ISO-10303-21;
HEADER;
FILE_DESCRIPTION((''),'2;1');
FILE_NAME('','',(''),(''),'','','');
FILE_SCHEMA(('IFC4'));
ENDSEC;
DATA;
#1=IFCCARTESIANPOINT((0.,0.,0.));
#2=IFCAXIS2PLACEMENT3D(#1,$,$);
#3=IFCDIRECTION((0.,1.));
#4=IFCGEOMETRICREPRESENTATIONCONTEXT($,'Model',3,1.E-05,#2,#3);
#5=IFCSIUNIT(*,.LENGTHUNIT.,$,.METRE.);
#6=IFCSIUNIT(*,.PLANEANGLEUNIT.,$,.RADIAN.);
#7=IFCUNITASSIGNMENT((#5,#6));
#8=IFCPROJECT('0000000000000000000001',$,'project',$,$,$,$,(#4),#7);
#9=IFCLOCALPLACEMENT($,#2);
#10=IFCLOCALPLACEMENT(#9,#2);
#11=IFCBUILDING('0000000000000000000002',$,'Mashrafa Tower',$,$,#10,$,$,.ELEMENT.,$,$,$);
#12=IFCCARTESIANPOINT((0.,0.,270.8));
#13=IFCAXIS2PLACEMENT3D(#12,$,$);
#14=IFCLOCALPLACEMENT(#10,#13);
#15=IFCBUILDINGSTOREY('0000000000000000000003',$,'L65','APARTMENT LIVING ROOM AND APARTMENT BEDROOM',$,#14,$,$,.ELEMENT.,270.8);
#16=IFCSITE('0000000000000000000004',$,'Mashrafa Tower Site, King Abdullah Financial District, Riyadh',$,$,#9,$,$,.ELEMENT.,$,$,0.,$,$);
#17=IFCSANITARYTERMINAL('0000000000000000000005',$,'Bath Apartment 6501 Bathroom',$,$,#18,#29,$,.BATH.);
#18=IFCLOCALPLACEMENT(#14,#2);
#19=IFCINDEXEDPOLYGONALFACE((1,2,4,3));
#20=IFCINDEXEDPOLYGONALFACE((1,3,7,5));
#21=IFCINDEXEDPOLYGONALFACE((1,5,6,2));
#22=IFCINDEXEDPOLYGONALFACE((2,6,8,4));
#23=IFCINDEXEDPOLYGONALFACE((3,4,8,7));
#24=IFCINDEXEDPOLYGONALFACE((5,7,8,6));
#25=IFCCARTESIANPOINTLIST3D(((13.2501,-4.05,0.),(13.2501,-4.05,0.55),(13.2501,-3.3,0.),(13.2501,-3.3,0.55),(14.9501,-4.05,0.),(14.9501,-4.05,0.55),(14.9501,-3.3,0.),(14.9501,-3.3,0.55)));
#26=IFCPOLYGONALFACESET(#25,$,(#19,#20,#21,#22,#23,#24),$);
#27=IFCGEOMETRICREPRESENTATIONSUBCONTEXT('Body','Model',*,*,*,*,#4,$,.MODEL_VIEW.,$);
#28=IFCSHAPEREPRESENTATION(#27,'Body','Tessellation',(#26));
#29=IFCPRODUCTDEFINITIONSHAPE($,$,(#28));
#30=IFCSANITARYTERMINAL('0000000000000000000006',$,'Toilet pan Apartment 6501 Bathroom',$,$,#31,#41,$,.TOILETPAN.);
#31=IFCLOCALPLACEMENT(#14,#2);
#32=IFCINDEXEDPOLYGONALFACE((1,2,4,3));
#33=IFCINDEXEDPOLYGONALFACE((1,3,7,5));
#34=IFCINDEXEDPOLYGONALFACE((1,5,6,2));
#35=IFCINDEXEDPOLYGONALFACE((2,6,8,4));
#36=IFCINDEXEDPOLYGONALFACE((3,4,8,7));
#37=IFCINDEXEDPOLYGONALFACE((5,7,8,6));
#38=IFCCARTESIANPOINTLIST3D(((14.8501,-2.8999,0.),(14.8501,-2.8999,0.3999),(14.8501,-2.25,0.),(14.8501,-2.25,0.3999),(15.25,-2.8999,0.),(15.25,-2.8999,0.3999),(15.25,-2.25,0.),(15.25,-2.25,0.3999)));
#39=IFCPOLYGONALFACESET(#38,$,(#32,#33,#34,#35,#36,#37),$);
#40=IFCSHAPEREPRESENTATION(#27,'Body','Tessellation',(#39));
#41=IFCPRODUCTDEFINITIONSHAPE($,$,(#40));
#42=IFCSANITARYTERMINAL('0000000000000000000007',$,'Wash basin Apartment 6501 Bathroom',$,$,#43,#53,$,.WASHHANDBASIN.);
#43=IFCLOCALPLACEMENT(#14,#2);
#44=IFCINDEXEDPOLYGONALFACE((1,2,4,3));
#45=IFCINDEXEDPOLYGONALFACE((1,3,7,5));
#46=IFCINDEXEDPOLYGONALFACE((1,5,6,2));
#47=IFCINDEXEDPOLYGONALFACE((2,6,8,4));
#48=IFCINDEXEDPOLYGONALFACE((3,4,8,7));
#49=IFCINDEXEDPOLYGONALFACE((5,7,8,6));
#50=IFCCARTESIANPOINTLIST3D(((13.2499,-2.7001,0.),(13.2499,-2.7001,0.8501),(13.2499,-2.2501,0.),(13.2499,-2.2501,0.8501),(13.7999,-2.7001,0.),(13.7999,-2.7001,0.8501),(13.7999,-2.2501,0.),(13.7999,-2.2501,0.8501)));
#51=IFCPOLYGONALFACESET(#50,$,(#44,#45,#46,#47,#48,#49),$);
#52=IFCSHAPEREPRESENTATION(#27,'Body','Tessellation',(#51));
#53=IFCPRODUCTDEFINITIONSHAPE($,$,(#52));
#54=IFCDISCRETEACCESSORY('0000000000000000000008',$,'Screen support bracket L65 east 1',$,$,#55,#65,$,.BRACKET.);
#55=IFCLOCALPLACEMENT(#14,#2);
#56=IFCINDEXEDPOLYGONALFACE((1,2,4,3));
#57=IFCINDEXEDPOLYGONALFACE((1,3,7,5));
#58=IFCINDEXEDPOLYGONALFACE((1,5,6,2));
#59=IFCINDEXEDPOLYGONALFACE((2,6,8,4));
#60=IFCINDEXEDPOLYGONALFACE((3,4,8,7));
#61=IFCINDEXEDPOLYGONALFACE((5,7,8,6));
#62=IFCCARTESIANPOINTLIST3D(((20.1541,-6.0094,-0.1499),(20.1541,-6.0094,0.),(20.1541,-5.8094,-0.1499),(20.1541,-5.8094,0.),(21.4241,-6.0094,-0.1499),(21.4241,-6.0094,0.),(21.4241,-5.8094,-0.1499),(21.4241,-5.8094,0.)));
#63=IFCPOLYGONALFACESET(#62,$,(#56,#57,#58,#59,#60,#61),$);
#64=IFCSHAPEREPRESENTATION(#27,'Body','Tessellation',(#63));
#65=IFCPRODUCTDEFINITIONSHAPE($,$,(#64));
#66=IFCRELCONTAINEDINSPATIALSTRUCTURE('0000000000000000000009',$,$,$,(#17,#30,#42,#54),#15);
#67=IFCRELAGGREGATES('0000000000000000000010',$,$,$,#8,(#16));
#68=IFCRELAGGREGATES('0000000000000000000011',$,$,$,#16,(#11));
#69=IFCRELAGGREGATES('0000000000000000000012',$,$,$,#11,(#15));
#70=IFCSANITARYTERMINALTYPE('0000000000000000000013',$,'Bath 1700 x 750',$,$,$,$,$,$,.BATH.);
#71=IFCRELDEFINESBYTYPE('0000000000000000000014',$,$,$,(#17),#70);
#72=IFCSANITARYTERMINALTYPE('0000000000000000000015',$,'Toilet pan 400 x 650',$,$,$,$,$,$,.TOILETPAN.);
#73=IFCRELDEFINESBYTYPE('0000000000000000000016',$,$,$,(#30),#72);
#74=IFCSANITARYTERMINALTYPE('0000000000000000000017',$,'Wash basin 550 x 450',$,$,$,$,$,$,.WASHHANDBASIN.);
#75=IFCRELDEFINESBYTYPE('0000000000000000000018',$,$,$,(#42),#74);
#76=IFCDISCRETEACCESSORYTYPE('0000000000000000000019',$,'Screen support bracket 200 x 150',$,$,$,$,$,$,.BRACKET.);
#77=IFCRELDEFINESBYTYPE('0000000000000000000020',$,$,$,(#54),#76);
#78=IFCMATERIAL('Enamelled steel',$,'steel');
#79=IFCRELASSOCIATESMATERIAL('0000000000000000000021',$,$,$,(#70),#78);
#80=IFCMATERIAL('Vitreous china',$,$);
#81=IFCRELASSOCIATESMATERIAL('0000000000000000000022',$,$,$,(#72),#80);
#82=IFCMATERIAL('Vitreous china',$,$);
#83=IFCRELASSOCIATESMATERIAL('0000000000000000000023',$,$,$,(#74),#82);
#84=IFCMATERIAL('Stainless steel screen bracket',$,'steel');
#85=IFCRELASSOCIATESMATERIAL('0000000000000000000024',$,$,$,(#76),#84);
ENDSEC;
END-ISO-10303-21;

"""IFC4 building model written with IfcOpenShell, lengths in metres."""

from ifc_helpers import new_model, si_unit, direction, frame, origin, origin_2d, place, context, subcontext, project, spatial, rectangle, extrude, source, transform, mapped, material, type_object, type_shapes, element, save


model = new_model("IFC4")

# Units and contexts
model_context = context("Model", 3, precision=1e-05, world=origin(), true_north=direction((0.0, 1.0)))
body_context = subcontext(model_context, "Body", "Model", "MODEL_VIEW")
ifc_project = project(units=[si_unit("LENGTHUNIT", "METRE"), si_unit("PLANEANGLEUNIT", "RADIAN")], contexts=[model_context])

# Site, building, storey
site_placement = place(None, origin())
site = spatial("IfcSite", under=ifc_project, at=site_placement, Name="Mashrafa Tower Site, King Abdullah Financial District, Riyadh", CompositionType="ELEMENT", RefElevation=0.0)
building_placement = place(site_placement, origin())
building = spatial("IfcBuilding", under=site, at=building_placement, Name="Mashrafa Tower", CompositionType="ELEMENT")
storey_placement = place(building_placement, frame((0.0, 0.0, 270.8)))
storey = spatial("IfcBuildingStorey", under=building, at=storey_placement, Name="L65", Description="APARTMENT LIVING ROOM AND APARTMENT BEDROOM", CompositionType="ELEMENT", Elevation=270.8)

# Sanitary terminals
ifc_material_1 = material(Name="Enamelled steel", Category="steel")
sanitary_terminal_type_1 = type_object("IfcSanitaryTerminalType", Name="Bath 1700 x 750", PredefinedType="BATH", material=ifc_material_1)
sanitary_terminal_1_placement = place(storey_placement, frame((14.1001, -3.675, 0.0), z_axis=(0.0, 0.0, 1.0), x_axis=(1.0, 0.0, 0.0)))
element("IfcSanitaryTerminal", 1, at=sanitary_terminal_1_placement, inside=storey, type_object=sanitary_terminal_type_1, Name="Bath Apartment 6501 Bathroom", PredefinedType="BATH", context=body_context, shape_type="SweptSolid", body=[
    extrude(rectangle(XDim=1.7, YDim=0.75, at=origin_2d()), origin(), (0.0, 0.0, 1.0), 0.55),
])
ifc_material_2 = material(Name="Vitreous china")
sanitary_terminal_type_2 = type_object("IfcSanitaryTerminalType", Name="Toilet pan 400 x 650", PredefinedType="TOILETPAN", material=ifc_material_2)
sanitary_terminal_2_placement = place(storey_placement, frame((15.05, -2.575, 0.0), z_axis=(0.0, 0.0, 1.0), x_axis=(-1.0, 0.0, 0.0)))
element("IfcSanitaryTerminal", 2, at=sanitary_terminal_2_placement, inside=storey, type_object=sanitary_terminal_type_2, Name="Toilet pan Apartment 6501 Bathroom", PredefinedType="TOILETPAN", context=body_context, shape_type="SweptSolid", body=[
    extrude(rectangle(XDim=0.3999, YDim=0.6499, at=origin_2d()), origin(), (0.0, 0.0, 1.0), 0.3999),
])
ifc_material_3 = material(Name="Vitreous china")
sanitary_terminal_type_3 = type_object("IfcSanitaryTerminalType", Name="Wash basin 550 x 450", PredefinedType="WASHHANDBASIN", material=ifc_material_3)
sanitary_terminal_3_placement = place(storey_placement, frame((13.5249, -2.4751, 0.0), z_axis=(0.0, 0.0, 1.0), x_axis=(-1.0, 0.0, 0.0)))
element("IfcSanitaryTerminal", 3, at=sanitary_terminal_3_placement, inside=storey, type_object=sanitary_terminal_type_3, Name="Wash basin Apartment 6501 Bathroom", PredefinedType="WASHHANDBASIN", context=body_context, shape_type="SweptSolid", body=[
    extrude(rectangle(XDim=0.55, YDim=0.45, at=origin_2d()), origin(), (0.0, 0.0, 1.0), 0.8501),
])

# Discrete accessory
ifc_material_4 = material(Name="Stainless steel screen bracket", Category="steel")
discrete_accessory_type = type_object("IfcDiscreteAccessoryType", Name="Screen support bracket 200 x 150", PredefinedType="BRACKET", material=ifc_material_4)
shared_shape_1 = source(origin(), body_context, "Body", "SweptSolid", [
    extrude(rectangle(XDim=0.2, YDim=1.27, at=origin_2d()), origin(), (0.0, 0.0, 1.0), 0.1499),
])
type_shapes(discrete_accessory_type, [shared_shape_1])
discrete_accessory_placement = place(storey_placement, frame((20.7891, -5.9094, -0.1499), z_axis=(0.0, 0.0, 1.0), x_axis=(0.0, 1.0, 0.0)))
element("IfcDiscreteAccessory", 4, at=discrete_accessory_placement, inside=storey, type_object=discrete_accessory_type, Name="Screen support bracket L65 east 1", PredefinedType="BRACKET", context=body_context, shape_type="MappedRepresentation", body=[
    mapped(shared_shape_1, transform((0.0, 0.0, 0.0))),
])

save(model, "model.ifc")
